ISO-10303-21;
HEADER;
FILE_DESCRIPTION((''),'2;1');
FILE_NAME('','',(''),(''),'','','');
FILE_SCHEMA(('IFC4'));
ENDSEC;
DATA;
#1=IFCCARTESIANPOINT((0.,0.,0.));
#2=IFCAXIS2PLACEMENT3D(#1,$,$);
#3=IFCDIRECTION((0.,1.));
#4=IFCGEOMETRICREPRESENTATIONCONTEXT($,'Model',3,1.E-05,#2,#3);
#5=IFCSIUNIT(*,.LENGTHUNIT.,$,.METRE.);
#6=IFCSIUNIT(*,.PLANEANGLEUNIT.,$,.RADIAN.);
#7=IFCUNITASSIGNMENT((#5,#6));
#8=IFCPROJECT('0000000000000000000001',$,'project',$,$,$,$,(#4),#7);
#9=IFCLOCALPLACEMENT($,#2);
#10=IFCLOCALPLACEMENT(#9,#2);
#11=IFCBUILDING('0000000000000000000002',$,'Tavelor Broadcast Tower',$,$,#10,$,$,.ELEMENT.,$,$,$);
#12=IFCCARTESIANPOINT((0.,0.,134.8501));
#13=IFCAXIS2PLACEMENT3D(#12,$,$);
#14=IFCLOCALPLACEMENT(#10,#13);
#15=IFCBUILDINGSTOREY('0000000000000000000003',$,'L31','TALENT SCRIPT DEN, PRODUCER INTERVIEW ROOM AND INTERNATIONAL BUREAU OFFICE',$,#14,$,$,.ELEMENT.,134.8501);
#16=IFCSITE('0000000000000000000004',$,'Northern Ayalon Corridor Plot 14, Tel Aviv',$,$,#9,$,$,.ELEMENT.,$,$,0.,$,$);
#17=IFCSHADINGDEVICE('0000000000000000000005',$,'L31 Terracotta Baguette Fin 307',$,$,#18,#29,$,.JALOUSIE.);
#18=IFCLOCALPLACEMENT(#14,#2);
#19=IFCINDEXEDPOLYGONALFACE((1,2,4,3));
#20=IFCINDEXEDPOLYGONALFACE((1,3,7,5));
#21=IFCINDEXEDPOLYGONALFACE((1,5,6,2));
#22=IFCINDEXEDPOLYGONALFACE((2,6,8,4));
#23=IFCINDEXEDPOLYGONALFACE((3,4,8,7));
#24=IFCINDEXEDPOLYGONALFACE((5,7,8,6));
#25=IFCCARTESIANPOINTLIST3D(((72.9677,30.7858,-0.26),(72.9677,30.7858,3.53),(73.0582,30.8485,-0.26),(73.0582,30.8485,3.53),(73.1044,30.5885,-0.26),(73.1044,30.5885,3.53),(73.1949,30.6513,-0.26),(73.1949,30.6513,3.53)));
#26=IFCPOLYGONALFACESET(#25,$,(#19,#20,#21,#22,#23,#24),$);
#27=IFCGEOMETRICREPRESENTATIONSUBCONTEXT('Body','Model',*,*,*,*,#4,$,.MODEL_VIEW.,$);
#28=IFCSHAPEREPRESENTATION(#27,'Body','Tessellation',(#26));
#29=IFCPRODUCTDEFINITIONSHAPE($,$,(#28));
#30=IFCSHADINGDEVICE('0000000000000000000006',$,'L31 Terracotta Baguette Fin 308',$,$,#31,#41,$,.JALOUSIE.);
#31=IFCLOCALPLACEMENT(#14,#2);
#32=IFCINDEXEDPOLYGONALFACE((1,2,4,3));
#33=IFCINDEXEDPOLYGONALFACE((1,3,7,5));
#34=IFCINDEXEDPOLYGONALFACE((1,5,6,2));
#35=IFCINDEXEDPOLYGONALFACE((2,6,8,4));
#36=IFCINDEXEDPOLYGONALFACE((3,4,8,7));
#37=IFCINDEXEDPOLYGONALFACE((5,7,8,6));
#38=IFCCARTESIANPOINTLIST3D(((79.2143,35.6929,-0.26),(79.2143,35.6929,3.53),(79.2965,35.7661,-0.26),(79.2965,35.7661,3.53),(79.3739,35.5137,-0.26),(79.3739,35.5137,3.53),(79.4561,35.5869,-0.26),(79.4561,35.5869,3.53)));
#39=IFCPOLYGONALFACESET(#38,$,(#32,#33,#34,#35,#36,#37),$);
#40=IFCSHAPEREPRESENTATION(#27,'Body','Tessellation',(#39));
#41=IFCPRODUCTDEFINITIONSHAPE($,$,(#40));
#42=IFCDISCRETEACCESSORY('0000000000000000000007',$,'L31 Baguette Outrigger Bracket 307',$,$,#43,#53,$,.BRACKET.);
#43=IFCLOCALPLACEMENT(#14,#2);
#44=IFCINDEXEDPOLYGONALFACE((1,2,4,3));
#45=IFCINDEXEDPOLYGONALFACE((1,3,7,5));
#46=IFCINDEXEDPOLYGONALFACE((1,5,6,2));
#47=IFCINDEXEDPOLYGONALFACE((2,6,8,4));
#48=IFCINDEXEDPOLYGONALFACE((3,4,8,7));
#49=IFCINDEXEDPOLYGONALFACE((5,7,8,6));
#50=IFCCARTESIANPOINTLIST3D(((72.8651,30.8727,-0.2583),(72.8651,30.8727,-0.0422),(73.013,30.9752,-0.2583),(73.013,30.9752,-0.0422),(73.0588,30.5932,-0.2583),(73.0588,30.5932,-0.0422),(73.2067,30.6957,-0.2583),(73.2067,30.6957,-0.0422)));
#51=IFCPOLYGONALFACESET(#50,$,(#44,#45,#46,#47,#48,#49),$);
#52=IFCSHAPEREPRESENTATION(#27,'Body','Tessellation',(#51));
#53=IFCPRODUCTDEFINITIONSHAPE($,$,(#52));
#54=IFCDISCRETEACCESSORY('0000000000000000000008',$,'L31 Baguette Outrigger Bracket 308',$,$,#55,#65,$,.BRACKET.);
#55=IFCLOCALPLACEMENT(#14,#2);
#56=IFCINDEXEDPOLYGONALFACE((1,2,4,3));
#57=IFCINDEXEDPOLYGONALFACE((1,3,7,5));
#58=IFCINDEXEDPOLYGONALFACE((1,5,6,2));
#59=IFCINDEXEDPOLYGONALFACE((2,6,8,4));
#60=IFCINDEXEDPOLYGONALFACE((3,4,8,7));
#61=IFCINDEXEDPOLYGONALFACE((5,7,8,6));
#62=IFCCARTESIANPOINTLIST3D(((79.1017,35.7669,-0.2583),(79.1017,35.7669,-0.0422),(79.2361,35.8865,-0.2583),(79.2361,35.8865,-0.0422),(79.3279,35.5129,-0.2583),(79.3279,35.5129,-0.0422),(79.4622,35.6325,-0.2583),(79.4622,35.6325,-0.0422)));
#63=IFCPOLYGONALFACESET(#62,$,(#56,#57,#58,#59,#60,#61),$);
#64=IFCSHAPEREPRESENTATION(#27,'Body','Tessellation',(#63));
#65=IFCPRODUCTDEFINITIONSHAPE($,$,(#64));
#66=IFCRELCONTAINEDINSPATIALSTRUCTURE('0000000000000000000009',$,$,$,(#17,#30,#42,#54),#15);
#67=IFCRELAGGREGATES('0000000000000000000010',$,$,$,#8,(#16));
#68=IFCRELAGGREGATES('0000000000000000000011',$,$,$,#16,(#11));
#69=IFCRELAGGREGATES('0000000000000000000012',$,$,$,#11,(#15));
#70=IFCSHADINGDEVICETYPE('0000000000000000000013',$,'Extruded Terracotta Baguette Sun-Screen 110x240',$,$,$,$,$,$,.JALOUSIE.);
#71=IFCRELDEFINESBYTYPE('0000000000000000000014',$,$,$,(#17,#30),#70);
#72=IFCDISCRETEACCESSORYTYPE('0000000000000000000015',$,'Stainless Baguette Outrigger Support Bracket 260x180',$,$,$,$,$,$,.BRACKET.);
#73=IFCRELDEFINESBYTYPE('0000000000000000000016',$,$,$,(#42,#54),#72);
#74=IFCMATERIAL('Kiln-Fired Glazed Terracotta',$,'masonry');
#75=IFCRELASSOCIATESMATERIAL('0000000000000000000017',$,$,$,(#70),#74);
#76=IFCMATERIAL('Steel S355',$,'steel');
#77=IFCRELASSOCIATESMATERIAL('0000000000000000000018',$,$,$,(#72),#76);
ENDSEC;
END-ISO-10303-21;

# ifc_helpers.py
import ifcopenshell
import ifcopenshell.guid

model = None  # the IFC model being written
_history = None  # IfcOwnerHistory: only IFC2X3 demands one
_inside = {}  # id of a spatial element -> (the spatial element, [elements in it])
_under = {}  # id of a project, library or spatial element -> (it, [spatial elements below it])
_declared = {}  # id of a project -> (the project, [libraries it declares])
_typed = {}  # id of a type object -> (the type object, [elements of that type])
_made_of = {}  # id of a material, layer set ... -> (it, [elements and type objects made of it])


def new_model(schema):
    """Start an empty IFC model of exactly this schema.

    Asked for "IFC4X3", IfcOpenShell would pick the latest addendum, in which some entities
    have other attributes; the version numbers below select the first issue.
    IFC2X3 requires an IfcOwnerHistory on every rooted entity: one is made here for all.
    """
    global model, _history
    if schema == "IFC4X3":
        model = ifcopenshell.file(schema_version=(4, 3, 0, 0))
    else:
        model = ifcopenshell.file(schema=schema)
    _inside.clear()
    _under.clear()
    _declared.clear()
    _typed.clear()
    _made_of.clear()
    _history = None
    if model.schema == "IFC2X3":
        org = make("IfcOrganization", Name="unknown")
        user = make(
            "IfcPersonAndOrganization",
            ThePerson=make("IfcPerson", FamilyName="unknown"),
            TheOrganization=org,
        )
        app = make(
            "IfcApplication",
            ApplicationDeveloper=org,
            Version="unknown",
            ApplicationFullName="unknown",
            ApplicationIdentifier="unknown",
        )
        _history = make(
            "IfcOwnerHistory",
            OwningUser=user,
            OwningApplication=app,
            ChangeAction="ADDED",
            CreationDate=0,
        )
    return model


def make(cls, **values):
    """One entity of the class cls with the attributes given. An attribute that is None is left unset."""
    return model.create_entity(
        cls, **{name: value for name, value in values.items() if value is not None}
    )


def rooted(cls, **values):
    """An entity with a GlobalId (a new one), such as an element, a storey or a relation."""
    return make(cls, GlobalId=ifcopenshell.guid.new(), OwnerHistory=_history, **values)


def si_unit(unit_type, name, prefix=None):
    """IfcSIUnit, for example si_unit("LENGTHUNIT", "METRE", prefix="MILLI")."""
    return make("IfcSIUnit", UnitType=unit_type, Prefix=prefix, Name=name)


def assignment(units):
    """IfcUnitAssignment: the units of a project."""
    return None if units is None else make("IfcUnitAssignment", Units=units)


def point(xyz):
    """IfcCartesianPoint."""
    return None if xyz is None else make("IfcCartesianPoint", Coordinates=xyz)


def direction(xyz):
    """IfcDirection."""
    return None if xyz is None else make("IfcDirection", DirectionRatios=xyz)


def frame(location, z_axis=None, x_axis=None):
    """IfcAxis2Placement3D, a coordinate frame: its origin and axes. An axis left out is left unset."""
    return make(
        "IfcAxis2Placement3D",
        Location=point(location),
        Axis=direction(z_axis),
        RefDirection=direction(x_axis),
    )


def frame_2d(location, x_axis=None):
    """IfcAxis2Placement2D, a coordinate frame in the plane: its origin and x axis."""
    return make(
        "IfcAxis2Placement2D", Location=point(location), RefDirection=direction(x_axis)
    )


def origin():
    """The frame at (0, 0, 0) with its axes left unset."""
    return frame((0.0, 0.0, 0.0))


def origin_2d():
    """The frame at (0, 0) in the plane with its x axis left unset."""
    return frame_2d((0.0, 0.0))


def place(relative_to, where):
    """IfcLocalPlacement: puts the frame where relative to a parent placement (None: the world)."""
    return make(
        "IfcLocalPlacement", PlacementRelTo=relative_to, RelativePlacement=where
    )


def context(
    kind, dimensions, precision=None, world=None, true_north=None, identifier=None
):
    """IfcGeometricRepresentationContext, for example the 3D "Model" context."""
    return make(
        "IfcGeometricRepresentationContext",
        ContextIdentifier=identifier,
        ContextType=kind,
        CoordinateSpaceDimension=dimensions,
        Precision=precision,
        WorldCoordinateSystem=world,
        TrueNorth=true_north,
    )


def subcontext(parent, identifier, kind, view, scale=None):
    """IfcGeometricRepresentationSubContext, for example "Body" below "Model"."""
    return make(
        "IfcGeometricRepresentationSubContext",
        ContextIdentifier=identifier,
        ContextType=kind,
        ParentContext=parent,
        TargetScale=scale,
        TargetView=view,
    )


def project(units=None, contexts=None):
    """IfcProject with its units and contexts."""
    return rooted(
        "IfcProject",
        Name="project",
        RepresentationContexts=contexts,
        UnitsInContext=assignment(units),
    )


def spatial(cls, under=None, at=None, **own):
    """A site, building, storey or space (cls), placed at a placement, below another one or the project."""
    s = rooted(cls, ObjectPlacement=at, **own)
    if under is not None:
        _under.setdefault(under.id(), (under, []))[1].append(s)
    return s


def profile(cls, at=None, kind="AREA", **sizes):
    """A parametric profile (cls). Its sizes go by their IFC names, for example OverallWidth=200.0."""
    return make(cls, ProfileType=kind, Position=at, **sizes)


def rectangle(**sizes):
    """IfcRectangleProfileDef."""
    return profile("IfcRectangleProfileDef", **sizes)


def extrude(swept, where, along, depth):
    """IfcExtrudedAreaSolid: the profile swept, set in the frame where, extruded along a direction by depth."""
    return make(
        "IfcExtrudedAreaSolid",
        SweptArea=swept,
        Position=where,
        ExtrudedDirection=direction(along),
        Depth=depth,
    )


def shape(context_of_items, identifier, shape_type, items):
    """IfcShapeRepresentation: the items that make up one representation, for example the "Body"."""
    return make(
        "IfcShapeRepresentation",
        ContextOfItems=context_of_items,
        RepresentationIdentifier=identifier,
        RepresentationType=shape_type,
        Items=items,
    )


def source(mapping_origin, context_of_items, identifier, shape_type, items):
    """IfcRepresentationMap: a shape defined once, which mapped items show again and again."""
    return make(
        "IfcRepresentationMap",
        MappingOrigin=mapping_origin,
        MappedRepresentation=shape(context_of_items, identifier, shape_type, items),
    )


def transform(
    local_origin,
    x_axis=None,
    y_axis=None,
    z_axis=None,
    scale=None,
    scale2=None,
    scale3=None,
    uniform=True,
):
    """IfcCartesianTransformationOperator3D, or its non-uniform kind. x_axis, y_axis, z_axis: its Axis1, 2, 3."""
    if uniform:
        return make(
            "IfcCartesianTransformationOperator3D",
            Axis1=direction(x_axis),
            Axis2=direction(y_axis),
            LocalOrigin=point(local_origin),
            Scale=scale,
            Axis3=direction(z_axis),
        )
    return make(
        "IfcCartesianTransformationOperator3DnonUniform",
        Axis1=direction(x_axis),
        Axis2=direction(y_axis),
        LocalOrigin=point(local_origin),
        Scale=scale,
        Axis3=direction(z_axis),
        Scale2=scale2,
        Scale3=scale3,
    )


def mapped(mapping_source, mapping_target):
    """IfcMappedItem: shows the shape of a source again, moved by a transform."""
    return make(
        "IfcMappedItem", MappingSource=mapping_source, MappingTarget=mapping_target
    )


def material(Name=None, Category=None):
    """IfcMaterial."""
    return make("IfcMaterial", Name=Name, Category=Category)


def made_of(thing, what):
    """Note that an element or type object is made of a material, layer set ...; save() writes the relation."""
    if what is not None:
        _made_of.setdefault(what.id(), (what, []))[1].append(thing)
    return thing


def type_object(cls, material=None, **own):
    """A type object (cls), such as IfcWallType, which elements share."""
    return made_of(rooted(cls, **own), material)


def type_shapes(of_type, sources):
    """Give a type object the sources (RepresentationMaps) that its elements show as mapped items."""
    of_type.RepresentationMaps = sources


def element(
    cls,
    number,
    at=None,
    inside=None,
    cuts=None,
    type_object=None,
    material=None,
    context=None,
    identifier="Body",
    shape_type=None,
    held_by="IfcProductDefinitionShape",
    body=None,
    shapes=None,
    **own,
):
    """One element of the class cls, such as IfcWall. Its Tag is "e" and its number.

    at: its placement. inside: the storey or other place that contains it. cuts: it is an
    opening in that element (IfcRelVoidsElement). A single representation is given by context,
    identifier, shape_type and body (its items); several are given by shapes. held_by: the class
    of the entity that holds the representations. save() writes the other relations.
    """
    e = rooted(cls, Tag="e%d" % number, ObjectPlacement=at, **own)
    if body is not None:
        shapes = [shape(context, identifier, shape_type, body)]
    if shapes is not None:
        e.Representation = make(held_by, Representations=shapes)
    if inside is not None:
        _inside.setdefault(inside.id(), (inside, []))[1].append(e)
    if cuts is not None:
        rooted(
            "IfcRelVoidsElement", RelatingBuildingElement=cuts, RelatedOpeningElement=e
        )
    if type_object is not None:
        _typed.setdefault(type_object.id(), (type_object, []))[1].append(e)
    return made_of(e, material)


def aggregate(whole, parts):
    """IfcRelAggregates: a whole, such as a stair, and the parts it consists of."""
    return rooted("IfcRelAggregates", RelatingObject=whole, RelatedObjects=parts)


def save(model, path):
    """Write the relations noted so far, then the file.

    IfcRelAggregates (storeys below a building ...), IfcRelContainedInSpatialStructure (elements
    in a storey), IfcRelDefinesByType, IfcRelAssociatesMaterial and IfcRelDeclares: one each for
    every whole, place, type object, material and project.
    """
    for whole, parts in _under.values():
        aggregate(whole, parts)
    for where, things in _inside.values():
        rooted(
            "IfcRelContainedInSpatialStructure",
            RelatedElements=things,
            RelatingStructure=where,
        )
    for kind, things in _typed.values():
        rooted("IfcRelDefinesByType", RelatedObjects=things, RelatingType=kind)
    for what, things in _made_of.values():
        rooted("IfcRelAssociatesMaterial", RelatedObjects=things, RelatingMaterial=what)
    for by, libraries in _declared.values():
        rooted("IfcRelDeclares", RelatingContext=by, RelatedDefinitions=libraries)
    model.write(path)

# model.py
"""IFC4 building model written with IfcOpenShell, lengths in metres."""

from ifc_helpers import new_model, si_unit, direction, frame, origin, origin_2d, place, context, subcontext, project, spatial, rectangle, extrude, source, transform, mapped, material, type_object, type_shapes, element, save


model = new_model("IFC4")

# Units and contexts
model_context = context("Model", 3, precision=1e-05, world=origin(), true_north=direction((0.0, 1.0)))
body_context = subcontext(model_context, "Body", "Model", "MODEL_VIEW")
ifc_project = project(units=[si_unit("LENGTHUNIT", "METRE"), si_unit("PLANEANGLEUNIT", "RADIAN")], contexts=[model_context])

# Site, building, storey
site_placement = place(None, origin())
site = spatial("IfcSite", under=ifc_project, at=site_placement, Name="Northern Ayalon Corridor Plot 14, Tel Aviv", CompositionType="ELEMENT", RefElevation=0.0)
building_placement = place(site_placement, origin())
building = spatial("IfcBuilding", under=site, at=building_placement, Name="Tavelor Broadcast Tower", CompositionType="ELEMENT")
storey_placement = place(building_placement, frame((0.0, 0.0, 134.8501)))
storey = spatial("IfcBuildingStorey", under=building, at=storey_placement, Name="L31", Description="TALENT SCRIPT DEN, PRODUCER INTERVIEW ROOM AND INTERNATIONAL BUREAU OFFICE", CompositionType="ELEMENT", Elevation=134.8501)

# Shared definitions
ifc_material_1 = material(Name="Steel S355", Category="steel")

# Shading devices
ifc_material_2 = material(Name="Kiln-Fired Glazed Terracotta", Category="masonry")
shading_device_type = type_object("IfcShadingDeviceType", Name="Extruded Terracotta Baguette Sun-Screen 110x240", PredefinedType="JALOUSIE", material=ifc_material_2)
shared_shape_1 = source(origin(), body_context, "Body", "SweptSolid", [
    extrude(rectangle(XDim=0.1101, YDim=0.24, at=origin_2d()), origin(), (0.0, 0.0, 1.0), 3.79),
])
type_shapes(shading_device_type, [shared_shape_1])
for number, where, z_axis, x_axis, name in (
    (1, (73.0813, 30.7185, -0.26), (0.0, 0.0, 1.0), (0.821846, 0.56971, 0.0), "L31 Terracotta Baguette Fin 307"),
    (2, (79.3352, 35.6399, -0.26), (0.0, 0.0, 1.0), (0.74687, 0.66497, 0.0), "L31 Terracotta Baguette Fin 308"),
):
    element("IfcShadingDevice", number, at=place(storey_placement, frame(where, z_axis=z_axis, x_axis=x_axis)), inside=storey, type_object=shading_device_type, Name=name, PredefinedType="JALOUSIE", context=body_context, shape_type="MappedRepresentation", body=[
        mapped(shared_shape_1, transform((0.0, 0.0, 0.0), scale=1.0)),
    ])

# Discrete accessories
discrete_accessory_type = type_object("IfcDiscreteAccessoryType", Name="Stainless Baguette Outrigger Support Bracket 260x180", PredefinedType="BRACKET", material=ifc_material_1)
shared_shape_2 = source(origin(), body_context, "Body", "SweptSolid", [
    extrude(rectangle(XDim=0.1799, YDim=0.3401, at=origin_2d()), origin(), (0.0, 0.0, 1.0), 0.2161),
])
type_shapes(discrete_accessory_type, [shared_shape_2])
for number, where, z_axis, x_axis, name in (
    (3, (73.0359, 30.7842, -0.2583), (0.0, 0.0, 1.0), (0.821846, 0.56971, 0.0), "L31 Baguette Outrigger Bracket 307"),
    (4, (79.282, 35.6997, -0.2583), (0.0, 0.0, 1.0), (0.74687, 0.66497, 0.0), "L31 Baguette Outrigger Bracket 308"),
):
    element("IfcDiscreteAccessory", number, at=place(storey_placement, frame(where, z_axis=z_axis, x_axis=x_axis)), inside=storey, type_object=discrete_accessory_type, Name=name, PredefinedType="BRACKET", context=body_context, shape_type="MappedRepresentation", body=[
        mapped(shared_shape_2, transform((0.0, 0.0, 0.0), scale=1.0)),
    ])

save(model, "model.ifc")
